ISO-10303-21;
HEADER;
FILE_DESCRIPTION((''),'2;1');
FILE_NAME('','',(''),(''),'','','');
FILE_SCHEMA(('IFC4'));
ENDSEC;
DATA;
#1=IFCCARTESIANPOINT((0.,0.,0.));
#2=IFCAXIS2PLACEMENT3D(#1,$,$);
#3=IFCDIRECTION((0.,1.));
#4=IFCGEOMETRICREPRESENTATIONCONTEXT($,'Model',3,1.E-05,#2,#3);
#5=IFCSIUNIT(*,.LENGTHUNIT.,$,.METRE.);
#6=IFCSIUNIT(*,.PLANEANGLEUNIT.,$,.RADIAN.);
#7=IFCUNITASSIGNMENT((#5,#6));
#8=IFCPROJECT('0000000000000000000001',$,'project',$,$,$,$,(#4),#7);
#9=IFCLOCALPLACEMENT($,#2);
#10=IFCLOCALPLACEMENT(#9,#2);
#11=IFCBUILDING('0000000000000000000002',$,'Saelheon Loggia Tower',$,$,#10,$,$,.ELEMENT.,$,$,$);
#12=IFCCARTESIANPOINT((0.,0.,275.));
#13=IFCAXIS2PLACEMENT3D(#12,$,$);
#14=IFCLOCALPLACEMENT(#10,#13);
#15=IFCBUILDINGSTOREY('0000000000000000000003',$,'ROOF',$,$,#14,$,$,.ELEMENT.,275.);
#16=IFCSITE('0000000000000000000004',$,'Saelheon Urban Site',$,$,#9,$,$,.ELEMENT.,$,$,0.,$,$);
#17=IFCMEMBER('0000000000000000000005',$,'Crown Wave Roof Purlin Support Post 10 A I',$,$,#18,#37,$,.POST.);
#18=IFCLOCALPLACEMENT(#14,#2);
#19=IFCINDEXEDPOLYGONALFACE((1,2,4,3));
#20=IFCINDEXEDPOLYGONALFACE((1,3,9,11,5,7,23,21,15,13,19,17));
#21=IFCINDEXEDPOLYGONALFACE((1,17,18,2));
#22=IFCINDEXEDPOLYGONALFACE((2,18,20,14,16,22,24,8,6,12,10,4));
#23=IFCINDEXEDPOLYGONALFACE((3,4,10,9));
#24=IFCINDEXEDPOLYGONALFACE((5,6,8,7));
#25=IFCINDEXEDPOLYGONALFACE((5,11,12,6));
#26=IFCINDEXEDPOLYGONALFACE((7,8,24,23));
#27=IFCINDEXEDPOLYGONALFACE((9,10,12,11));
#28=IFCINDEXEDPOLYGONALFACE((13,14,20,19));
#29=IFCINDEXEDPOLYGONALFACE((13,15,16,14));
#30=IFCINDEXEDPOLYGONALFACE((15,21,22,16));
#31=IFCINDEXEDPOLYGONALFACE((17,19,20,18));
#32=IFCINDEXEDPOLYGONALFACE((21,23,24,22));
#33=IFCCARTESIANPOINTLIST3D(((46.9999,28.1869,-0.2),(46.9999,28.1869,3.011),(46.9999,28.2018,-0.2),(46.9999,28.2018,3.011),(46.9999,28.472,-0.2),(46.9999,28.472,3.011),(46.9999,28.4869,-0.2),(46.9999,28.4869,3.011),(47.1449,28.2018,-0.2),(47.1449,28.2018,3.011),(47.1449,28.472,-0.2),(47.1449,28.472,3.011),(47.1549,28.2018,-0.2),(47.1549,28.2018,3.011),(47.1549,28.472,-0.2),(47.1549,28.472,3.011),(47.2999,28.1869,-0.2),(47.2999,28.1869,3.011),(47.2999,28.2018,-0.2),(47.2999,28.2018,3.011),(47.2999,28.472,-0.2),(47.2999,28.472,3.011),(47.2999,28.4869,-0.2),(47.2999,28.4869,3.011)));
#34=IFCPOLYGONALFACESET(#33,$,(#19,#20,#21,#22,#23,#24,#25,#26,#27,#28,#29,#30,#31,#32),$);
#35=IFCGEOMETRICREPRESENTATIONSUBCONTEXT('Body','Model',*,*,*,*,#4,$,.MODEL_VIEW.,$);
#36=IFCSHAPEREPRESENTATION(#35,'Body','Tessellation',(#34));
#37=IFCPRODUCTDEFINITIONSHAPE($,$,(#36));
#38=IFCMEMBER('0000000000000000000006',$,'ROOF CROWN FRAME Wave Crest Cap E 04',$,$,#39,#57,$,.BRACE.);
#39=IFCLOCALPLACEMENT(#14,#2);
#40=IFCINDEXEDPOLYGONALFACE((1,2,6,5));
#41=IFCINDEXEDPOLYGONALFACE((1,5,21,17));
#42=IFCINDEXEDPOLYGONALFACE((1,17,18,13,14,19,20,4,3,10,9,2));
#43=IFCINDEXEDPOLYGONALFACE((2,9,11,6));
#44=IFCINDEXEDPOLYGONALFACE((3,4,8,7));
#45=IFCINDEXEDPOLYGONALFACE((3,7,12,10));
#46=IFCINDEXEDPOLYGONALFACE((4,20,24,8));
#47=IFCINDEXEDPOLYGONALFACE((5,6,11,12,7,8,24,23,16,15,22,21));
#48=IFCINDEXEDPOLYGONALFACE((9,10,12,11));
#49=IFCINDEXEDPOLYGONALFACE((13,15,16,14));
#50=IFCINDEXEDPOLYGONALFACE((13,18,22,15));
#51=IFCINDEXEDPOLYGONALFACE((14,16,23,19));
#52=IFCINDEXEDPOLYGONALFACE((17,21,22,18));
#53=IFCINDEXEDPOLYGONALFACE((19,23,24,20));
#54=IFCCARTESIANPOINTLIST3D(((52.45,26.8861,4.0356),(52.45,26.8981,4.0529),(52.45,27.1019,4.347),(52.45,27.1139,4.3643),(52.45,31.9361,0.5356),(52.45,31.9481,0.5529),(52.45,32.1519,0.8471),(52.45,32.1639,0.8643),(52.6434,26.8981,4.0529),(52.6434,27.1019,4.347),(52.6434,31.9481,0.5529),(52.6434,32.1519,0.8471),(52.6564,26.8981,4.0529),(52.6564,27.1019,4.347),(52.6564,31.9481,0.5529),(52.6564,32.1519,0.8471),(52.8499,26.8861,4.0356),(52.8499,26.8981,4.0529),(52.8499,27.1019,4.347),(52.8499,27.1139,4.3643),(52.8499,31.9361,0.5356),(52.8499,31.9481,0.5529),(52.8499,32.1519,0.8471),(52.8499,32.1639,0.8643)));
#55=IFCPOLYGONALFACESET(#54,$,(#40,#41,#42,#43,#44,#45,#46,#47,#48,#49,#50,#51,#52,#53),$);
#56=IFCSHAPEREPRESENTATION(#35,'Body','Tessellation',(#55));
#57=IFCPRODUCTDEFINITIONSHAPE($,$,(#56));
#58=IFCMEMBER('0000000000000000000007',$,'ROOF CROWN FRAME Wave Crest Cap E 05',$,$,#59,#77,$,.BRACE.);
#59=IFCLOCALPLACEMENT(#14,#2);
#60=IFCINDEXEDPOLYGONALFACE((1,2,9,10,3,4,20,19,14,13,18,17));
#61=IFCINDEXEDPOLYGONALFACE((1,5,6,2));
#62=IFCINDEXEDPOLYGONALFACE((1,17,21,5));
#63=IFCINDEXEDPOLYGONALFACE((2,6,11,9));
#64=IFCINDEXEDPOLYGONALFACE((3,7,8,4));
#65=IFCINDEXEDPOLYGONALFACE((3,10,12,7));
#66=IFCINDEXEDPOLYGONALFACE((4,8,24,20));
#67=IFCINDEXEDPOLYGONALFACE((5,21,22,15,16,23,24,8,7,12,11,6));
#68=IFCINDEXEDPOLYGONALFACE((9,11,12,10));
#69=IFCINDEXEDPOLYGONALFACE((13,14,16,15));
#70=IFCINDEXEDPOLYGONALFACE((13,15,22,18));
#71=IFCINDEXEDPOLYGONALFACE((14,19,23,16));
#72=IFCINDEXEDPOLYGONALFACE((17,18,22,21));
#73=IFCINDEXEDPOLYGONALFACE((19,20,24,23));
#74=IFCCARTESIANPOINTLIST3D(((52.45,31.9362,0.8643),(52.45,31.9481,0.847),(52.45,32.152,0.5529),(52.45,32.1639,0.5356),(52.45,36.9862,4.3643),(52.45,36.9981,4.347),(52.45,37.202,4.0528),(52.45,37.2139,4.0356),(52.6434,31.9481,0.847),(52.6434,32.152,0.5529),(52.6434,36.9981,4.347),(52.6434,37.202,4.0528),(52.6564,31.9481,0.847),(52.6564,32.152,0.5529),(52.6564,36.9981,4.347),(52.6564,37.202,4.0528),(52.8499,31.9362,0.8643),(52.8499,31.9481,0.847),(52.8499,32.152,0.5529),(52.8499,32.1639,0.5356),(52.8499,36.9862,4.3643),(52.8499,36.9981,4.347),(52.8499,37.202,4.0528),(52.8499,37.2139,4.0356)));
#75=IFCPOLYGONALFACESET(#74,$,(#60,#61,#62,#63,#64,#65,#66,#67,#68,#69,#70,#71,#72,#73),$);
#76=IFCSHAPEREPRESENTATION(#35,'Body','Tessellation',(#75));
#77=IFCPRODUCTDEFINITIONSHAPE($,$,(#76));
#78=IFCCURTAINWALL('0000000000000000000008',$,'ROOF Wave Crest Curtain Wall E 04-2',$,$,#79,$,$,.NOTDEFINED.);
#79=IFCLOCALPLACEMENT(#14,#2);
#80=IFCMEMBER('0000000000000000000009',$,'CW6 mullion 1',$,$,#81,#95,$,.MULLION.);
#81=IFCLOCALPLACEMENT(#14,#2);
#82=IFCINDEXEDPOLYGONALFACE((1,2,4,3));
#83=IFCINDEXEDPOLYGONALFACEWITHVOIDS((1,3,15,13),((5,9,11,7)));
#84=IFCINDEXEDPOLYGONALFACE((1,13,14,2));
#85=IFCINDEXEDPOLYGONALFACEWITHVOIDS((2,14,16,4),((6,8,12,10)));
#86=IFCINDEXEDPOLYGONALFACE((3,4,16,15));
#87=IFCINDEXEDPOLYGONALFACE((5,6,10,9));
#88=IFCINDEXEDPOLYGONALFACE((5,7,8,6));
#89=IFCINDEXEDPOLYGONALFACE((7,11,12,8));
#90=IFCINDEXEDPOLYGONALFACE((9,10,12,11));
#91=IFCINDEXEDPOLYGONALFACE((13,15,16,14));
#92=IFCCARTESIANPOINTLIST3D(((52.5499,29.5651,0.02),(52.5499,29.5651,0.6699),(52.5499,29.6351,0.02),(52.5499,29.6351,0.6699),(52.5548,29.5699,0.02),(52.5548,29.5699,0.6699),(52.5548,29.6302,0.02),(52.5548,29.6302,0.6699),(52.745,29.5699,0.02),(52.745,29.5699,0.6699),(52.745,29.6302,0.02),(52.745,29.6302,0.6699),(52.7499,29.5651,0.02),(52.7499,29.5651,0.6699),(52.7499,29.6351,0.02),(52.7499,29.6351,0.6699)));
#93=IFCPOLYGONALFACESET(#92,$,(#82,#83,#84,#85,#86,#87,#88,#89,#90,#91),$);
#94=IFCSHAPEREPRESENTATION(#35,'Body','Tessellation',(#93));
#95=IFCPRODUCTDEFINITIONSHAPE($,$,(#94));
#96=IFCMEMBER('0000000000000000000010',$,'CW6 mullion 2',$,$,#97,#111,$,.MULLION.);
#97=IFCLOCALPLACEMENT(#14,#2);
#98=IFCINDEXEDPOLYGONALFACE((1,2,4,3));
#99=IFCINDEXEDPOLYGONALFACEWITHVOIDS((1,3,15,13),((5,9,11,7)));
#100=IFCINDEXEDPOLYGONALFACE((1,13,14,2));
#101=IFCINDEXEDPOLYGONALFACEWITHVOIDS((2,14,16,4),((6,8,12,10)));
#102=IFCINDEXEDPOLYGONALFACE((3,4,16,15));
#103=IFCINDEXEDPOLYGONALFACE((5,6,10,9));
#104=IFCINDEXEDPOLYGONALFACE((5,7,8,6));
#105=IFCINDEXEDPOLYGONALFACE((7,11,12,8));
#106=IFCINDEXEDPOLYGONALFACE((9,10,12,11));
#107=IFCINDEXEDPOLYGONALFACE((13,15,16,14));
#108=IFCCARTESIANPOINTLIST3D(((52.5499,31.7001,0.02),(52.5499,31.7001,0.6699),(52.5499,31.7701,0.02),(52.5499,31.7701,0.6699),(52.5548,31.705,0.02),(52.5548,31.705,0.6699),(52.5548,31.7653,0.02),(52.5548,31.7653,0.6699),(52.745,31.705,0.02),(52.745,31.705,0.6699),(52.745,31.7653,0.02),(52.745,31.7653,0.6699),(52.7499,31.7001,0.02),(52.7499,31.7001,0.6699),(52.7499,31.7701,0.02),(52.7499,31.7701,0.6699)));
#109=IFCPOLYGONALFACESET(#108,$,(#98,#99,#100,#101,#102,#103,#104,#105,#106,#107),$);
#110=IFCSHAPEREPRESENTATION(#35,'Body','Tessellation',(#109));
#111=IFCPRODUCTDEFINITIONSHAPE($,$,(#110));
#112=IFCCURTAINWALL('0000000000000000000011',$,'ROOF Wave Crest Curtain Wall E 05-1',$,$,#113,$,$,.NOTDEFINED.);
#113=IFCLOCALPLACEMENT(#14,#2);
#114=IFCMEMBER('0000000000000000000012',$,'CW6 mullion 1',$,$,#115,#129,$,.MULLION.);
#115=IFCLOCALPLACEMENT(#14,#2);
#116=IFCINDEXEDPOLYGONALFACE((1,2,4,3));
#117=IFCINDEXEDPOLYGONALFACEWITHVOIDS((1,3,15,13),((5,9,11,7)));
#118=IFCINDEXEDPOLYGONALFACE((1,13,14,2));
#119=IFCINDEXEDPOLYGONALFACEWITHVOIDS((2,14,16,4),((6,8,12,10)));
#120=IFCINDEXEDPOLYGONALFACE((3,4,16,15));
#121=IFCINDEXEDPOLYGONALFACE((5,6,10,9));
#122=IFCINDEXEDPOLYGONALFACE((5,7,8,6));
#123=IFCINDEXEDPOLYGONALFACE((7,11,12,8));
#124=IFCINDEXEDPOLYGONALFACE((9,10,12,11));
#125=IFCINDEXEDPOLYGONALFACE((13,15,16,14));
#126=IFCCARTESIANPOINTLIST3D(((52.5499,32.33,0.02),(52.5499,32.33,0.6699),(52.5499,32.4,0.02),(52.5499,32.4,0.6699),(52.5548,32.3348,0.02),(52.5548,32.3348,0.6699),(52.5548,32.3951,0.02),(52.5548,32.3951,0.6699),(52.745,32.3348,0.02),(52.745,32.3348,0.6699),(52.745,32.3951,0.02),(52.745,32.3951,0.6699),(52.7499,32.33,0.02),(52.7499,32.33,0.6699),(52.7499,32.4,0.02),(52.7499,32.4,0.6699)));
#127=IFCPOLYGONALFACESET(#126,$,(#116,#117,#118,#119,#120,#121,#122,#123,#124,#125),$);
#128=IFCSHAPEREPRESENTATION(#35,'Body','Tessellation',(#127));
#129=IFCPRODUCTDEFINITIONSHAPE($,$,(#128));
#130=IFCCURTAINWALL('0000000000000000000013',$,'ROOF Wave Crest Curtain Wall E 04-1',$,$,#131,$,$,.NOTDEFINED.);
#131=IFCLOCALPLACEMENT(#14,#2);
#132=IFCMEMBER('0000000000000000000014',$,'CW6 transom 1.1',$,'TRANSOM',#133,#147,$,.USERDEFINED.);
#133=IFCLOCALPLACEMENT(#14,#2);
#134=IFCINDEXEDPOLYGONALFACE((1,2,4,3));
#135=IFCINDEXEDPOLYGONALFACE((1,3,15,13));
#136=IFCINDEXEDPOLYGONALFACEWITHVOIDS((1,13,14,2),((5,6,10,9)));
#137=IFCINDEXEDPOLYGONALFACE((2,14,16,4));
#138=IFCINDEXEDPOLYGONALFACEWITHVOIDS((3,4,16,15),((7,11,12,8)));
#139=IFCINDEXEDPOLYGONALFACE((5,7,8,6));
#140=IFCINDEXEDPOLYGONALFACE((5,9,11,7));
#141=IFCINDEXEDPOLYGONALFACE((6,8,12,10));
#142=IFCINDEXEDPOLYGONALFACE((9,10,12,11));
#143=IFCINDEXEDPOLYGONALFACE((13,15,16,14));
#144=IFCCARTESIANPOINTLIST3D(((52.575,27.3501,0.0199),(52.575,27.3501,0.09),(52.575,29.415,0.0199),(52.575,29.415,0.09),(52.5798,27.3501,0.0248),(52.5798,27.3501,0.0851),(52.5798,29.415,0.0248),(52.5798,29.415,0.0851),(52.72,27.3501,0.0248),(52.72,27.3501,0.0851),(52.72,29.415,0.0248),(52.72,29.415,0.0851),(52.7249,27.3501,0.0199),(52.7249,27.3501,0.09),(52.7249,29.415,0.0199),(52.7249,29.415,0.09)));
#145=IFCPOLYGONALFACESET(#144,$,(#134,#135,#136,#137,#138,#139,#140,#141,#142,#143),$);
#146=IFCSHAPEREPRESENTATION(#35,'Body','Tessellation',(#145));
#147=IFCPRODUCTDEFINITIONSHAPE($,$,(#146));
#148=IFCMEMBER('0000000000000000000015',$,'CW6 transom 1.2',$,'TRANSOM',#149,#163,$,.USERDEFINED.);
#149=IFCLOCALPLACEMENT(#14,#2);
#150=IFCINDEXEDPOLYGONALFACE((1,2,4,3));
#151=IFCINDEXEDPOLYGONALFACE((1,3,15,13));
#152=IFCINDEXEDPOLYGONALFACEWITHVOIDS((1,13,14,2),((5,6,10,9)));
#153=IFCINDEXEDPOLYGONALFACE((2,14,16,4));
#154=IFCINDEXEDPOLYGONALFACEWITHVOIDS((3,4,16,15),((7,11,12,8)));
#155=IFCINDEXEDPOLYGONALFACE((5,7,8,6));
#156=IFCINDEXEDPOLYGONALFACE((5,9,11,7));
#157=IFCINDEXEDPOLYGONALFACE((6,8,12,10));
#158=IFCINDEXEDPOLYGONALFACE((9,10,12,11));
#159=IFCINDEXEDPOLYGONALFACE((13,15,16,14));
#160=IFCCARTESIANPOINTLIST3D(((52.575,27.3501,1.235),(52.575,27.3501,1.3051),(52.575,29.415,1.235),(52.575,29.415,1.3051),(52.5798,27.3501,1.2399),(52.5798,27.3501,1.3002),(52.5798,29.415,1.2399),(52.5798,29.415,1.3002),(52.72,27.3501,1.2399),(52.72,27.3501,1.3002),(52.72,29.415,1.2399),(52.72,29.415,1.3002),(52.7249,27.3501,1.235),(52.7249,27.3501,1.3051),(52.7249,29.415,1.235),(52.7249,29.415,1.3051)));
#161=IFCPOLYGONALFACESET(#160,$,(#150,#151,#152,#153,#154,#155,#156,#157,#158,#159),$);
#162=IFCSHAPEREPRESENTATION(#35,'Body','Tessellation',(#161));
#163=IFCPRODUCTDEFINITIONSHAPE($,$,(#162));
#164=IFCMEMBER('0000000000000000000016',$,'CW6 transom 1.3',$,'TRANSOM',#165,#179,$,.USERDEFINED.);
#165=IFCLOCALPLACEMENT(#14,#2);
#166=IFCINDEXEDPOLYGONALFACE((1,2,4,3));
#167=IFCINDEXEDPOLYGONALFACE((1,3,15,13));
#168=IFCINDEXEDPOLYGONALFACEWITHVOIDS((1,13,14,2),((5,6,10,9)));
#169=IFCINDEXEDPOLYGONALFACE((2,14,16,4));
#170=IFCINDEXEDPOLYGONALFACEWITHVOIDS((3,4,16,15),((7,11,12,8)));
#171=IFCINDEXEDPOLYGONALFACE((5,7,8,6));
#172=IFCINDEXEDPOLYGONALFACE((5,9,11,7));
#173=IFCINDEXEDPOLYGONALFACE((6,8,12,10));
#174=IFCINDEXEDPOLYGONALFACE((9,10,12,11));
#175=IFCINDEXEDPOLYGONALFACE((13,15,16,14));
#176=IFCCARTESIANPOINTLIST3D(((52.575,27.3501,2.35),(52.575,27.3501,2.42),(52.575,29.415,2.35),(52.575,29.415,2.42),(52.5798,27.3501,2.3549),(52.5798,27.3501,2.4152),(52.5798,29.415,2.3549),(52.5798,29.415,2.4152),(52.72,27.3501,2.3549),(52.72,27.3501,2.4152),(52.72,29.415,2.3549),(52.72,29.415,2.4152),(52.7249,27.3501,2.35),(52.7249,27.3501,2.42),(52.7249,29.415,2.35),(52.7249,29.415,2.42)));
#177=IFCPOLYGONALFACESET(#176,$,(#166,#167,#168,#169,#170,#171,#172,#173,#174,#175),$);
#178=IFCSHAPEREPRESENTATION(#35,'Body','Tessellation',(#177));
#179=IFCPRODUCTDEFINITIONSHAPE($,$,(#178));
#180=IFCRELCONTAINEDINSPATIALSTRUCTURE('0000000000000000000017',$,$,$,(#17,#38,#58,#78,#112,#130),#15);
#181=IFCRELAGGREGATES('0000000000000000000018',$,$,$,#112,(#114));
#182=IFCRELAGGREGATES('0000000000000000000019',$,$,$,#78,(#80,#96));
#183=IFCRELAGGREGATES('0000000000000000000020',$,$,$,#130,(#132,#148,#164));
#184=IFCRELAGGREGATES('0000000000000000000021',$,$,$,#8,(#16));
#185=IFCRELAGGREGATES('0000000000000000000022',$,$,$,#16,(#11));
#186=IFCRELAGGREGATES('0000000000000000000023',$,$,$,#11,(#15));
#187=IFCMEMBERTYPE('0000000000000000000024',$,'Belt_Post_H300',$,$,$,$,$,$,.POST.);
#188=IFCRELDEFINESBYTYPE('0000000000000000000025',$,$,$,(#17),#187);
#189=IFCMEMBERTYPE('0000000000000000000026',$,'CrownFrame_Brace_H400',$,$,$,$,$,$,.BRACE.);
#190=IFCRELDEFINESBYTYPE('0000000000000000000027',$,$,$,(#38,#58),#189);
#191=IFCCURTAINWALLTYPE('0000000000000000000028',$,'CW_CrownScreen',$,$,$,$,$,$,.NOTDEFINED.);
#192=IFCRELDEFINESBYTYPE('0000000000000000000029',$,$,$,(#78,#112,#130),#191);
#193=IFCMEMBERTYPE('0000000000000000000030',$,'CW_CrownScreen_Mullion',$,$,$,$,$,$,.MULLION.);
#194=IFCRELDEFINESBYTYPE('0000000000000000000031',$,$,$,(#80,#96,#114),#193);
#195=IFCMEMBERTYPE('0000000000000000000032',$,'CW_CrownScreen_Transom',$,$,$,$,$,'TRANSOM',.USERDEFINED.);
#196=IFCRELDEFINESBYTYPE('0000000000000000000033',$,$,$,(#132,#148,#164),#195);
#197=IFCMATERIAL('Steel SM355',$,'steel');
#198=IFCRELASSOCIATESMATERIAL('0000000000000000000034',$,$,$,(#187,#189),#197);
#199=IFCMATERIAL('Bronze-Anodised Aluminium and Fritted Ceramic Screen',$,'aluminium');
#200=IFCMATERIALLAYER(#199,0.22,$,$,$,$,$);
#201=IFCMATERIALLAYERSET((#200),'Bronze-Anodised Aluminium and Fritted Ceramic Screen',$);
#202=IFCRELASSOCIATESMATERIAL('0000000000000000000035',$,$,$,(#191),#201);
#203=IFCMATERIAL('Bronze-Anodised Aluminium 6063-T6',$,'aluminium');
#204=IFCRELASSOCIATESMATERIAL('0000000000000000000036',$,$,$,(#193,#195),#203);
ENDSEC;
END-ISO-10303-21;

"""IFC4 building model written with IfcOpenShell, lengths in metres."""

from ifc_helpers import new_model, si_unit, direction, frame, origin, origin_2d, place, context, subcontext, project, spatial, hollow_rectangle, i_section, extrude, source, transform, mapped, material, layer, layer_set, material_profile, profile_set, type_object, element, aggregate, save


model = new_model("IFC4")

# Units and contexts
model_context = context("Model", 3, precision=1e-05, world=origin(), true_north=direction((0.0, 1.0)))
body_context = subcontext(model_context, "Body", "Model", "MODEL_VIEW")
ifc_project = project(units=[si_unit("LENGTHUNIT", "METRE"), si_unit("PLANEANGLEUNIT", "RADIAN")], contexts=[model_context])

# Site, building, storey
site_placement = place(None, origin())
site = spatial("IfcSite", under=ifc_project, at=site_placement, Name="Saelheon Urban Site", CompositionType="ELEMENT", RefElevation=0.0)
building_placement = place(site_placement, origin())
building = spatial("IfcBuilding", under=site, at=building_placement, Name="Saelheon Loggia Tower", CompositionType="ELEMENT")
storey_placement = place(building_placement, frame((0.0, 0.0, 275.0)))
storey = spatial("IfcBuildingStorey", under=building, at=storey_placement, Name="ROOF", CompositionType="ELEMENT", Elevation=275.0)

# Members
ifc_material_1 = material(Name="Steel SM355", Category="steel")
ifc_material_profile_1 = material_profile(ifc_material_1, i_section(OverallWidth=0.3, OverallDepth=0.3, WebThickness=0.01, FlangeThickness=0.0149, at=origin_2d()), Name="H-300x300x10x15")
ifc_profile_set_1 = profile_set([ifc_material_profile_1], Name="Steel SM355")
member_type_1 = type_object("IfcMemberType", Name="Belt_Post_H300", PredefinedType="POST", material=ifc_profile_set_1)
shared_shape_1 = source(origin(), body_context, "Body", "SweptSolid", [
    extrude(i_section(OverallWidth=0.3, OverallDepth=0.3, WebThickness=0.01, FlangeThickness=0.0149, at=origin_2d()), origin(), (0.0, 0.0, 1.0), 3.2109),
])
for number, where, z_axis, x_axis, name in (
    (1, (47.1499, 28.3369, -0.2), (0.0, 0.0, 1.0), (1.0, 0.0, 0.0), "Crown Wave Roof Purlin Support Post 10 A I"),
):
    element("IfcMember", number, at=place(storey_placement, frame(where, z_axis=z_axis, x_axis=x_axis)), inside=storey, type_object=member_type_1, Name=name, PredefinedType="POST", context=body_context, shape_type="MappedRepresentation", body=[
        mapped(shared_shape_1, transform((0.0, 0.0, 0.0), scale=1.0)),
    ])
ifc_material_profile_2 = material_profile(ifc_material_1, i_section(OverallWidth=0.3999, OverallDepth=0.3999, WebThickness=0.0129, FlangeThickness=0.021, at=origin_2d()), Name="H-400x400x13x21")
ifc_profile_set_2 = profile_set([ifc_material_profile_2], Name="Steel SM355")
member_type_2 = type_object("IfcMemberType", Name="CrownFrame_Brace_H400", PredefinedType="BRACE", material=ifc_profile_set_2)
shared_shape_2 = source(origin(), body_context, "Body", "SweptSolid", [
    extrude(i_section(OverallWidth=0.3999, OverallDepth=0.3999, WebThickness=0.0129, FlangeThickness=0.021, at=origin_2d()), origin(), (0.0, 0.0, 1.0), 6.1443),
])
for number, where, z_axis, x_axis, name in (
    (2, (52.6499, 27.0, 4.2), (0.0, 0.821902, -0.569629), (-1.0, 0.0, 0.0), "ROOF CROWN FRAME Wave Crest Cap E 04"),
    (3, (52.6499, 32.05, 0.7), (0.0, 0.821902, 0.569629), (-1.0, 0.0, 0.0), "ROOF CROWN FRAME Wave Crest Cap E 05"),
):
    element("IfcMember", number, at=place(storey_placement, frame(where, z_axis=z_axis, x_axis=x_axis)), inside=storey, type_object=member_type_2, Name=name, PredefinedType="BRACE", context=body_context, shape_type="MappedRepresentation", body=[
        mapped(shared_shape_2, transform((0.0, 0.0, 0.0), scale=1.0)),
    ])

# Curtain wall, members
ifc_material_2 = material(Name="Bronze-Anodised Aluminium and Fritted Ceramic Screen", Category="aluminium")
ifc_layer_1 = layer(ifc_material_2, 0.22)
ifc_layer_set_1 = layer_set([ifc_layer_1], Name="Bronze-Anodised Aluminium and Fritted Ceramic Screen")
curtain_wall_type = type_object("IfcCurtainWallType", Name="CW_CrownScreen", PredefinedType="NOTDEFINED", material=ifc_layer_set_1)
curtain_wall_1_placement = place(storey_placement, origin())
curtain_wall_1 = element("IfcCurtainWall", 4, at=curtain_wall_1_placement, inside=storey, type_object=curtain_wall_type, Name="ROOF Wave Crest Curtain Wall E 04-2", PredefinedType="NOTDEFINED")
ifc_material_3 = material(Name="Bronze-Anodised Aluminium 6063-T6", Category="aluminium")
ifc_material_profile_3 = material_profile(ifc_material_3, hollow_rectangle(XDim=0.0701, YDim=0.2, WallThickness=0.0049, at=origin_2d()), Name="RHS-200x70x5")
ifc_profile_set_3 = profile_set([ifc_material_profile_3], Name="Bronze-Anodised Aluminium 6063-T6")
member_type_3 = type_object("IfcMemberType", Name="CW_CrownScreen_Mullion", PredefinedType="MULLION", material=ifc_profile_set_3)
shared_shape_3 = source(origin(), body_context, "Body", "SweptSolid", [
    extrude(hollow_rectangle(XDim=0.0701, YDim=0.2, WallThickness=0.0049, at=origin_2d()), origin(), (0.0, 0.0, 1.0), 0.6499),
])
member_1_placement = place(storey_placement, frame((52.6499, 29.6001, 0.02), z_axis=(0.0, 0.0, 1.0), x_axis=(0.0, 1.0, 0.0)))
member_1 = element("IfcMember", 5, at=member_1_placement, type_object=member_type_3, Name="CW6 mullion 1", PredefinedType="MULLION", context=body_context, shape_type="MappedRepresentation", body=[
    mapped(shared_shape_3, transform((0.0, 0.0, 0.0), scale=1.0)),
])
member_2_placement = place(storey_placement, frame((52.6499, 31.7351, 0.02), z_axis=(0.0, 0.0, 1.0), x_axis=(0.0, 1.0, 0.0)))
member_2 = element("IfcMember", 6, at=member_2_placement, type_object=member_type_3, Name="CW6 mullion 2", PredefinedType="MULLION", context=body_context, shape_type="MappedRepresentation", body=[
    mapped(shared_shape_3, transform((0.0, 0.0, 0.0), scale=1.0)),
])

# Curtain wall, member
curtain_wall_2_placement = place(storey_placement, origin())
curtain_wall_2 = element("IfcCurtainWall", 7, at=curtain_wall_2_placement, inside=storey, type_object=curtain_wall_type, Name="ROOF Wave Crest Curtain Wall E 05-1", PredefinedType="NOTDEFINED")
member_3_placement = place(storey_placement, frame((52.6499, 32.365, 0.02), z_axis=(0.0, 0.0, 1.0), x_axis=(0.0, 1.0, 0.0)))
member_3 = element("IfcMember", 8, at=member_3_placement, type_object=member_type_3, Name="CW6 mullion 1", PredefinedType="MULLION", context=body_context, shape_type="MappedRepresentation", body=[
    mapped(shared_shape_3, transform((0.0, 0.0, 0.0), scale=1.0)),
])

# Curtain wall, members
curtain_wall_3_placement = place(storey_placement, origin())
curtain_wall_3 = element("IfcCurtainWall", 9, at=curtain_wall_3_placement, inside=storey, type_object=curtain_wall_type, Name="ROOF Wave Crest Curtain Wall E 04-1", PredefinedType="NOTDEFINED")
ifc_material_profile_4 = material_profile(ifc_material_3, hollow_rectangle(XDim=0.0701, YDim=0.1499, WallThickness=0.0049, at=origin_2d()), Name="RHS-150x70x5")
ifc_profile_set_4 = profile_set([ifc_material_profile_4], Name="Bronze-Anodised Aluminium 6063-T6")
member_type_4 = type_object("IfcMemberType", Name="CW_CrownScreen_Transom", ElementType="TRANSOM", PredefinedType="USERDEFINED", material=ifc_profile_set_4)
shared_shape_4 = source(origin(), body_context, "Body", "SweptSolid", [
    extrude(hollow_rectangle(XDim=0.0701, YDim=0.1499, WallThickness=0.0049, at=origin_2d()), origin(), (0.0, 0.0, 1.0), 2.0649),
])
member_4_placement = place(storey_placement, frame((52.6499, 27.3501, 0.0549), z_axis=(0.0, 1.0, 0.0), x_axis=(0.0, 0.0, 1.0)))
member_4 = element("IfcMember", 10, at=member_4_placement, type_object=member_type_4, Name="CW6 transom 1.1", ObjectType="TRANSOM", PredefinedType="USERDEFINED", context=body_context, shape_type="MappedRepresentation", body=[
    mapped(shared_shape_4, transform((0.0, 0.0, 0.0), scale=1.0)),
])
member_5_placement = place(storey_placement, frame((52.6499, 27.3501, 1.27), z_axis=(0.0, 1.0, 0.0), x_axis=(0.0, 0.0, 1.0)))
member_5 = element("IfcMember", 11, at=member_5_placement, type_object=member_type_4, Name="CW6 transom 1.2", ObjectType="TRANSOM", PredefinedType="USERDEFINED", context=body_context, shape_type="MappedRepresentation", body=[
    mapped(shared_shape_4, transform((0.0, 0.0, 0.0), scale=1.0)),
])
member_6_placement = place(storey_placement, frame((52.6499, 27.3501, 2.385), z_axis=(0.0, 1.0, 0.0), x_axis=(0.0, 0.0, 1.0)))
member_6 = element("IfcMember", 12, at=member_6_placement, type_object=member_type_4, Name="CW6 transom 1.3", ObjectType="TRANSOM", PredefinedType="USERDEFINED", context=body_context, shape_type="MappedRepresentation", body=[
    mapped(shared_shape_4, transform((0.0, 0.0, 0.0), scale=1.0)),
])

aggregate(curtain_wall_2, [member_3])

aggregate(curtain_wall_1, [member_1, member_2])
aggregate(curtain_wall_3, [member_4, member_5, member_6])

save(model, "model.ifc")
